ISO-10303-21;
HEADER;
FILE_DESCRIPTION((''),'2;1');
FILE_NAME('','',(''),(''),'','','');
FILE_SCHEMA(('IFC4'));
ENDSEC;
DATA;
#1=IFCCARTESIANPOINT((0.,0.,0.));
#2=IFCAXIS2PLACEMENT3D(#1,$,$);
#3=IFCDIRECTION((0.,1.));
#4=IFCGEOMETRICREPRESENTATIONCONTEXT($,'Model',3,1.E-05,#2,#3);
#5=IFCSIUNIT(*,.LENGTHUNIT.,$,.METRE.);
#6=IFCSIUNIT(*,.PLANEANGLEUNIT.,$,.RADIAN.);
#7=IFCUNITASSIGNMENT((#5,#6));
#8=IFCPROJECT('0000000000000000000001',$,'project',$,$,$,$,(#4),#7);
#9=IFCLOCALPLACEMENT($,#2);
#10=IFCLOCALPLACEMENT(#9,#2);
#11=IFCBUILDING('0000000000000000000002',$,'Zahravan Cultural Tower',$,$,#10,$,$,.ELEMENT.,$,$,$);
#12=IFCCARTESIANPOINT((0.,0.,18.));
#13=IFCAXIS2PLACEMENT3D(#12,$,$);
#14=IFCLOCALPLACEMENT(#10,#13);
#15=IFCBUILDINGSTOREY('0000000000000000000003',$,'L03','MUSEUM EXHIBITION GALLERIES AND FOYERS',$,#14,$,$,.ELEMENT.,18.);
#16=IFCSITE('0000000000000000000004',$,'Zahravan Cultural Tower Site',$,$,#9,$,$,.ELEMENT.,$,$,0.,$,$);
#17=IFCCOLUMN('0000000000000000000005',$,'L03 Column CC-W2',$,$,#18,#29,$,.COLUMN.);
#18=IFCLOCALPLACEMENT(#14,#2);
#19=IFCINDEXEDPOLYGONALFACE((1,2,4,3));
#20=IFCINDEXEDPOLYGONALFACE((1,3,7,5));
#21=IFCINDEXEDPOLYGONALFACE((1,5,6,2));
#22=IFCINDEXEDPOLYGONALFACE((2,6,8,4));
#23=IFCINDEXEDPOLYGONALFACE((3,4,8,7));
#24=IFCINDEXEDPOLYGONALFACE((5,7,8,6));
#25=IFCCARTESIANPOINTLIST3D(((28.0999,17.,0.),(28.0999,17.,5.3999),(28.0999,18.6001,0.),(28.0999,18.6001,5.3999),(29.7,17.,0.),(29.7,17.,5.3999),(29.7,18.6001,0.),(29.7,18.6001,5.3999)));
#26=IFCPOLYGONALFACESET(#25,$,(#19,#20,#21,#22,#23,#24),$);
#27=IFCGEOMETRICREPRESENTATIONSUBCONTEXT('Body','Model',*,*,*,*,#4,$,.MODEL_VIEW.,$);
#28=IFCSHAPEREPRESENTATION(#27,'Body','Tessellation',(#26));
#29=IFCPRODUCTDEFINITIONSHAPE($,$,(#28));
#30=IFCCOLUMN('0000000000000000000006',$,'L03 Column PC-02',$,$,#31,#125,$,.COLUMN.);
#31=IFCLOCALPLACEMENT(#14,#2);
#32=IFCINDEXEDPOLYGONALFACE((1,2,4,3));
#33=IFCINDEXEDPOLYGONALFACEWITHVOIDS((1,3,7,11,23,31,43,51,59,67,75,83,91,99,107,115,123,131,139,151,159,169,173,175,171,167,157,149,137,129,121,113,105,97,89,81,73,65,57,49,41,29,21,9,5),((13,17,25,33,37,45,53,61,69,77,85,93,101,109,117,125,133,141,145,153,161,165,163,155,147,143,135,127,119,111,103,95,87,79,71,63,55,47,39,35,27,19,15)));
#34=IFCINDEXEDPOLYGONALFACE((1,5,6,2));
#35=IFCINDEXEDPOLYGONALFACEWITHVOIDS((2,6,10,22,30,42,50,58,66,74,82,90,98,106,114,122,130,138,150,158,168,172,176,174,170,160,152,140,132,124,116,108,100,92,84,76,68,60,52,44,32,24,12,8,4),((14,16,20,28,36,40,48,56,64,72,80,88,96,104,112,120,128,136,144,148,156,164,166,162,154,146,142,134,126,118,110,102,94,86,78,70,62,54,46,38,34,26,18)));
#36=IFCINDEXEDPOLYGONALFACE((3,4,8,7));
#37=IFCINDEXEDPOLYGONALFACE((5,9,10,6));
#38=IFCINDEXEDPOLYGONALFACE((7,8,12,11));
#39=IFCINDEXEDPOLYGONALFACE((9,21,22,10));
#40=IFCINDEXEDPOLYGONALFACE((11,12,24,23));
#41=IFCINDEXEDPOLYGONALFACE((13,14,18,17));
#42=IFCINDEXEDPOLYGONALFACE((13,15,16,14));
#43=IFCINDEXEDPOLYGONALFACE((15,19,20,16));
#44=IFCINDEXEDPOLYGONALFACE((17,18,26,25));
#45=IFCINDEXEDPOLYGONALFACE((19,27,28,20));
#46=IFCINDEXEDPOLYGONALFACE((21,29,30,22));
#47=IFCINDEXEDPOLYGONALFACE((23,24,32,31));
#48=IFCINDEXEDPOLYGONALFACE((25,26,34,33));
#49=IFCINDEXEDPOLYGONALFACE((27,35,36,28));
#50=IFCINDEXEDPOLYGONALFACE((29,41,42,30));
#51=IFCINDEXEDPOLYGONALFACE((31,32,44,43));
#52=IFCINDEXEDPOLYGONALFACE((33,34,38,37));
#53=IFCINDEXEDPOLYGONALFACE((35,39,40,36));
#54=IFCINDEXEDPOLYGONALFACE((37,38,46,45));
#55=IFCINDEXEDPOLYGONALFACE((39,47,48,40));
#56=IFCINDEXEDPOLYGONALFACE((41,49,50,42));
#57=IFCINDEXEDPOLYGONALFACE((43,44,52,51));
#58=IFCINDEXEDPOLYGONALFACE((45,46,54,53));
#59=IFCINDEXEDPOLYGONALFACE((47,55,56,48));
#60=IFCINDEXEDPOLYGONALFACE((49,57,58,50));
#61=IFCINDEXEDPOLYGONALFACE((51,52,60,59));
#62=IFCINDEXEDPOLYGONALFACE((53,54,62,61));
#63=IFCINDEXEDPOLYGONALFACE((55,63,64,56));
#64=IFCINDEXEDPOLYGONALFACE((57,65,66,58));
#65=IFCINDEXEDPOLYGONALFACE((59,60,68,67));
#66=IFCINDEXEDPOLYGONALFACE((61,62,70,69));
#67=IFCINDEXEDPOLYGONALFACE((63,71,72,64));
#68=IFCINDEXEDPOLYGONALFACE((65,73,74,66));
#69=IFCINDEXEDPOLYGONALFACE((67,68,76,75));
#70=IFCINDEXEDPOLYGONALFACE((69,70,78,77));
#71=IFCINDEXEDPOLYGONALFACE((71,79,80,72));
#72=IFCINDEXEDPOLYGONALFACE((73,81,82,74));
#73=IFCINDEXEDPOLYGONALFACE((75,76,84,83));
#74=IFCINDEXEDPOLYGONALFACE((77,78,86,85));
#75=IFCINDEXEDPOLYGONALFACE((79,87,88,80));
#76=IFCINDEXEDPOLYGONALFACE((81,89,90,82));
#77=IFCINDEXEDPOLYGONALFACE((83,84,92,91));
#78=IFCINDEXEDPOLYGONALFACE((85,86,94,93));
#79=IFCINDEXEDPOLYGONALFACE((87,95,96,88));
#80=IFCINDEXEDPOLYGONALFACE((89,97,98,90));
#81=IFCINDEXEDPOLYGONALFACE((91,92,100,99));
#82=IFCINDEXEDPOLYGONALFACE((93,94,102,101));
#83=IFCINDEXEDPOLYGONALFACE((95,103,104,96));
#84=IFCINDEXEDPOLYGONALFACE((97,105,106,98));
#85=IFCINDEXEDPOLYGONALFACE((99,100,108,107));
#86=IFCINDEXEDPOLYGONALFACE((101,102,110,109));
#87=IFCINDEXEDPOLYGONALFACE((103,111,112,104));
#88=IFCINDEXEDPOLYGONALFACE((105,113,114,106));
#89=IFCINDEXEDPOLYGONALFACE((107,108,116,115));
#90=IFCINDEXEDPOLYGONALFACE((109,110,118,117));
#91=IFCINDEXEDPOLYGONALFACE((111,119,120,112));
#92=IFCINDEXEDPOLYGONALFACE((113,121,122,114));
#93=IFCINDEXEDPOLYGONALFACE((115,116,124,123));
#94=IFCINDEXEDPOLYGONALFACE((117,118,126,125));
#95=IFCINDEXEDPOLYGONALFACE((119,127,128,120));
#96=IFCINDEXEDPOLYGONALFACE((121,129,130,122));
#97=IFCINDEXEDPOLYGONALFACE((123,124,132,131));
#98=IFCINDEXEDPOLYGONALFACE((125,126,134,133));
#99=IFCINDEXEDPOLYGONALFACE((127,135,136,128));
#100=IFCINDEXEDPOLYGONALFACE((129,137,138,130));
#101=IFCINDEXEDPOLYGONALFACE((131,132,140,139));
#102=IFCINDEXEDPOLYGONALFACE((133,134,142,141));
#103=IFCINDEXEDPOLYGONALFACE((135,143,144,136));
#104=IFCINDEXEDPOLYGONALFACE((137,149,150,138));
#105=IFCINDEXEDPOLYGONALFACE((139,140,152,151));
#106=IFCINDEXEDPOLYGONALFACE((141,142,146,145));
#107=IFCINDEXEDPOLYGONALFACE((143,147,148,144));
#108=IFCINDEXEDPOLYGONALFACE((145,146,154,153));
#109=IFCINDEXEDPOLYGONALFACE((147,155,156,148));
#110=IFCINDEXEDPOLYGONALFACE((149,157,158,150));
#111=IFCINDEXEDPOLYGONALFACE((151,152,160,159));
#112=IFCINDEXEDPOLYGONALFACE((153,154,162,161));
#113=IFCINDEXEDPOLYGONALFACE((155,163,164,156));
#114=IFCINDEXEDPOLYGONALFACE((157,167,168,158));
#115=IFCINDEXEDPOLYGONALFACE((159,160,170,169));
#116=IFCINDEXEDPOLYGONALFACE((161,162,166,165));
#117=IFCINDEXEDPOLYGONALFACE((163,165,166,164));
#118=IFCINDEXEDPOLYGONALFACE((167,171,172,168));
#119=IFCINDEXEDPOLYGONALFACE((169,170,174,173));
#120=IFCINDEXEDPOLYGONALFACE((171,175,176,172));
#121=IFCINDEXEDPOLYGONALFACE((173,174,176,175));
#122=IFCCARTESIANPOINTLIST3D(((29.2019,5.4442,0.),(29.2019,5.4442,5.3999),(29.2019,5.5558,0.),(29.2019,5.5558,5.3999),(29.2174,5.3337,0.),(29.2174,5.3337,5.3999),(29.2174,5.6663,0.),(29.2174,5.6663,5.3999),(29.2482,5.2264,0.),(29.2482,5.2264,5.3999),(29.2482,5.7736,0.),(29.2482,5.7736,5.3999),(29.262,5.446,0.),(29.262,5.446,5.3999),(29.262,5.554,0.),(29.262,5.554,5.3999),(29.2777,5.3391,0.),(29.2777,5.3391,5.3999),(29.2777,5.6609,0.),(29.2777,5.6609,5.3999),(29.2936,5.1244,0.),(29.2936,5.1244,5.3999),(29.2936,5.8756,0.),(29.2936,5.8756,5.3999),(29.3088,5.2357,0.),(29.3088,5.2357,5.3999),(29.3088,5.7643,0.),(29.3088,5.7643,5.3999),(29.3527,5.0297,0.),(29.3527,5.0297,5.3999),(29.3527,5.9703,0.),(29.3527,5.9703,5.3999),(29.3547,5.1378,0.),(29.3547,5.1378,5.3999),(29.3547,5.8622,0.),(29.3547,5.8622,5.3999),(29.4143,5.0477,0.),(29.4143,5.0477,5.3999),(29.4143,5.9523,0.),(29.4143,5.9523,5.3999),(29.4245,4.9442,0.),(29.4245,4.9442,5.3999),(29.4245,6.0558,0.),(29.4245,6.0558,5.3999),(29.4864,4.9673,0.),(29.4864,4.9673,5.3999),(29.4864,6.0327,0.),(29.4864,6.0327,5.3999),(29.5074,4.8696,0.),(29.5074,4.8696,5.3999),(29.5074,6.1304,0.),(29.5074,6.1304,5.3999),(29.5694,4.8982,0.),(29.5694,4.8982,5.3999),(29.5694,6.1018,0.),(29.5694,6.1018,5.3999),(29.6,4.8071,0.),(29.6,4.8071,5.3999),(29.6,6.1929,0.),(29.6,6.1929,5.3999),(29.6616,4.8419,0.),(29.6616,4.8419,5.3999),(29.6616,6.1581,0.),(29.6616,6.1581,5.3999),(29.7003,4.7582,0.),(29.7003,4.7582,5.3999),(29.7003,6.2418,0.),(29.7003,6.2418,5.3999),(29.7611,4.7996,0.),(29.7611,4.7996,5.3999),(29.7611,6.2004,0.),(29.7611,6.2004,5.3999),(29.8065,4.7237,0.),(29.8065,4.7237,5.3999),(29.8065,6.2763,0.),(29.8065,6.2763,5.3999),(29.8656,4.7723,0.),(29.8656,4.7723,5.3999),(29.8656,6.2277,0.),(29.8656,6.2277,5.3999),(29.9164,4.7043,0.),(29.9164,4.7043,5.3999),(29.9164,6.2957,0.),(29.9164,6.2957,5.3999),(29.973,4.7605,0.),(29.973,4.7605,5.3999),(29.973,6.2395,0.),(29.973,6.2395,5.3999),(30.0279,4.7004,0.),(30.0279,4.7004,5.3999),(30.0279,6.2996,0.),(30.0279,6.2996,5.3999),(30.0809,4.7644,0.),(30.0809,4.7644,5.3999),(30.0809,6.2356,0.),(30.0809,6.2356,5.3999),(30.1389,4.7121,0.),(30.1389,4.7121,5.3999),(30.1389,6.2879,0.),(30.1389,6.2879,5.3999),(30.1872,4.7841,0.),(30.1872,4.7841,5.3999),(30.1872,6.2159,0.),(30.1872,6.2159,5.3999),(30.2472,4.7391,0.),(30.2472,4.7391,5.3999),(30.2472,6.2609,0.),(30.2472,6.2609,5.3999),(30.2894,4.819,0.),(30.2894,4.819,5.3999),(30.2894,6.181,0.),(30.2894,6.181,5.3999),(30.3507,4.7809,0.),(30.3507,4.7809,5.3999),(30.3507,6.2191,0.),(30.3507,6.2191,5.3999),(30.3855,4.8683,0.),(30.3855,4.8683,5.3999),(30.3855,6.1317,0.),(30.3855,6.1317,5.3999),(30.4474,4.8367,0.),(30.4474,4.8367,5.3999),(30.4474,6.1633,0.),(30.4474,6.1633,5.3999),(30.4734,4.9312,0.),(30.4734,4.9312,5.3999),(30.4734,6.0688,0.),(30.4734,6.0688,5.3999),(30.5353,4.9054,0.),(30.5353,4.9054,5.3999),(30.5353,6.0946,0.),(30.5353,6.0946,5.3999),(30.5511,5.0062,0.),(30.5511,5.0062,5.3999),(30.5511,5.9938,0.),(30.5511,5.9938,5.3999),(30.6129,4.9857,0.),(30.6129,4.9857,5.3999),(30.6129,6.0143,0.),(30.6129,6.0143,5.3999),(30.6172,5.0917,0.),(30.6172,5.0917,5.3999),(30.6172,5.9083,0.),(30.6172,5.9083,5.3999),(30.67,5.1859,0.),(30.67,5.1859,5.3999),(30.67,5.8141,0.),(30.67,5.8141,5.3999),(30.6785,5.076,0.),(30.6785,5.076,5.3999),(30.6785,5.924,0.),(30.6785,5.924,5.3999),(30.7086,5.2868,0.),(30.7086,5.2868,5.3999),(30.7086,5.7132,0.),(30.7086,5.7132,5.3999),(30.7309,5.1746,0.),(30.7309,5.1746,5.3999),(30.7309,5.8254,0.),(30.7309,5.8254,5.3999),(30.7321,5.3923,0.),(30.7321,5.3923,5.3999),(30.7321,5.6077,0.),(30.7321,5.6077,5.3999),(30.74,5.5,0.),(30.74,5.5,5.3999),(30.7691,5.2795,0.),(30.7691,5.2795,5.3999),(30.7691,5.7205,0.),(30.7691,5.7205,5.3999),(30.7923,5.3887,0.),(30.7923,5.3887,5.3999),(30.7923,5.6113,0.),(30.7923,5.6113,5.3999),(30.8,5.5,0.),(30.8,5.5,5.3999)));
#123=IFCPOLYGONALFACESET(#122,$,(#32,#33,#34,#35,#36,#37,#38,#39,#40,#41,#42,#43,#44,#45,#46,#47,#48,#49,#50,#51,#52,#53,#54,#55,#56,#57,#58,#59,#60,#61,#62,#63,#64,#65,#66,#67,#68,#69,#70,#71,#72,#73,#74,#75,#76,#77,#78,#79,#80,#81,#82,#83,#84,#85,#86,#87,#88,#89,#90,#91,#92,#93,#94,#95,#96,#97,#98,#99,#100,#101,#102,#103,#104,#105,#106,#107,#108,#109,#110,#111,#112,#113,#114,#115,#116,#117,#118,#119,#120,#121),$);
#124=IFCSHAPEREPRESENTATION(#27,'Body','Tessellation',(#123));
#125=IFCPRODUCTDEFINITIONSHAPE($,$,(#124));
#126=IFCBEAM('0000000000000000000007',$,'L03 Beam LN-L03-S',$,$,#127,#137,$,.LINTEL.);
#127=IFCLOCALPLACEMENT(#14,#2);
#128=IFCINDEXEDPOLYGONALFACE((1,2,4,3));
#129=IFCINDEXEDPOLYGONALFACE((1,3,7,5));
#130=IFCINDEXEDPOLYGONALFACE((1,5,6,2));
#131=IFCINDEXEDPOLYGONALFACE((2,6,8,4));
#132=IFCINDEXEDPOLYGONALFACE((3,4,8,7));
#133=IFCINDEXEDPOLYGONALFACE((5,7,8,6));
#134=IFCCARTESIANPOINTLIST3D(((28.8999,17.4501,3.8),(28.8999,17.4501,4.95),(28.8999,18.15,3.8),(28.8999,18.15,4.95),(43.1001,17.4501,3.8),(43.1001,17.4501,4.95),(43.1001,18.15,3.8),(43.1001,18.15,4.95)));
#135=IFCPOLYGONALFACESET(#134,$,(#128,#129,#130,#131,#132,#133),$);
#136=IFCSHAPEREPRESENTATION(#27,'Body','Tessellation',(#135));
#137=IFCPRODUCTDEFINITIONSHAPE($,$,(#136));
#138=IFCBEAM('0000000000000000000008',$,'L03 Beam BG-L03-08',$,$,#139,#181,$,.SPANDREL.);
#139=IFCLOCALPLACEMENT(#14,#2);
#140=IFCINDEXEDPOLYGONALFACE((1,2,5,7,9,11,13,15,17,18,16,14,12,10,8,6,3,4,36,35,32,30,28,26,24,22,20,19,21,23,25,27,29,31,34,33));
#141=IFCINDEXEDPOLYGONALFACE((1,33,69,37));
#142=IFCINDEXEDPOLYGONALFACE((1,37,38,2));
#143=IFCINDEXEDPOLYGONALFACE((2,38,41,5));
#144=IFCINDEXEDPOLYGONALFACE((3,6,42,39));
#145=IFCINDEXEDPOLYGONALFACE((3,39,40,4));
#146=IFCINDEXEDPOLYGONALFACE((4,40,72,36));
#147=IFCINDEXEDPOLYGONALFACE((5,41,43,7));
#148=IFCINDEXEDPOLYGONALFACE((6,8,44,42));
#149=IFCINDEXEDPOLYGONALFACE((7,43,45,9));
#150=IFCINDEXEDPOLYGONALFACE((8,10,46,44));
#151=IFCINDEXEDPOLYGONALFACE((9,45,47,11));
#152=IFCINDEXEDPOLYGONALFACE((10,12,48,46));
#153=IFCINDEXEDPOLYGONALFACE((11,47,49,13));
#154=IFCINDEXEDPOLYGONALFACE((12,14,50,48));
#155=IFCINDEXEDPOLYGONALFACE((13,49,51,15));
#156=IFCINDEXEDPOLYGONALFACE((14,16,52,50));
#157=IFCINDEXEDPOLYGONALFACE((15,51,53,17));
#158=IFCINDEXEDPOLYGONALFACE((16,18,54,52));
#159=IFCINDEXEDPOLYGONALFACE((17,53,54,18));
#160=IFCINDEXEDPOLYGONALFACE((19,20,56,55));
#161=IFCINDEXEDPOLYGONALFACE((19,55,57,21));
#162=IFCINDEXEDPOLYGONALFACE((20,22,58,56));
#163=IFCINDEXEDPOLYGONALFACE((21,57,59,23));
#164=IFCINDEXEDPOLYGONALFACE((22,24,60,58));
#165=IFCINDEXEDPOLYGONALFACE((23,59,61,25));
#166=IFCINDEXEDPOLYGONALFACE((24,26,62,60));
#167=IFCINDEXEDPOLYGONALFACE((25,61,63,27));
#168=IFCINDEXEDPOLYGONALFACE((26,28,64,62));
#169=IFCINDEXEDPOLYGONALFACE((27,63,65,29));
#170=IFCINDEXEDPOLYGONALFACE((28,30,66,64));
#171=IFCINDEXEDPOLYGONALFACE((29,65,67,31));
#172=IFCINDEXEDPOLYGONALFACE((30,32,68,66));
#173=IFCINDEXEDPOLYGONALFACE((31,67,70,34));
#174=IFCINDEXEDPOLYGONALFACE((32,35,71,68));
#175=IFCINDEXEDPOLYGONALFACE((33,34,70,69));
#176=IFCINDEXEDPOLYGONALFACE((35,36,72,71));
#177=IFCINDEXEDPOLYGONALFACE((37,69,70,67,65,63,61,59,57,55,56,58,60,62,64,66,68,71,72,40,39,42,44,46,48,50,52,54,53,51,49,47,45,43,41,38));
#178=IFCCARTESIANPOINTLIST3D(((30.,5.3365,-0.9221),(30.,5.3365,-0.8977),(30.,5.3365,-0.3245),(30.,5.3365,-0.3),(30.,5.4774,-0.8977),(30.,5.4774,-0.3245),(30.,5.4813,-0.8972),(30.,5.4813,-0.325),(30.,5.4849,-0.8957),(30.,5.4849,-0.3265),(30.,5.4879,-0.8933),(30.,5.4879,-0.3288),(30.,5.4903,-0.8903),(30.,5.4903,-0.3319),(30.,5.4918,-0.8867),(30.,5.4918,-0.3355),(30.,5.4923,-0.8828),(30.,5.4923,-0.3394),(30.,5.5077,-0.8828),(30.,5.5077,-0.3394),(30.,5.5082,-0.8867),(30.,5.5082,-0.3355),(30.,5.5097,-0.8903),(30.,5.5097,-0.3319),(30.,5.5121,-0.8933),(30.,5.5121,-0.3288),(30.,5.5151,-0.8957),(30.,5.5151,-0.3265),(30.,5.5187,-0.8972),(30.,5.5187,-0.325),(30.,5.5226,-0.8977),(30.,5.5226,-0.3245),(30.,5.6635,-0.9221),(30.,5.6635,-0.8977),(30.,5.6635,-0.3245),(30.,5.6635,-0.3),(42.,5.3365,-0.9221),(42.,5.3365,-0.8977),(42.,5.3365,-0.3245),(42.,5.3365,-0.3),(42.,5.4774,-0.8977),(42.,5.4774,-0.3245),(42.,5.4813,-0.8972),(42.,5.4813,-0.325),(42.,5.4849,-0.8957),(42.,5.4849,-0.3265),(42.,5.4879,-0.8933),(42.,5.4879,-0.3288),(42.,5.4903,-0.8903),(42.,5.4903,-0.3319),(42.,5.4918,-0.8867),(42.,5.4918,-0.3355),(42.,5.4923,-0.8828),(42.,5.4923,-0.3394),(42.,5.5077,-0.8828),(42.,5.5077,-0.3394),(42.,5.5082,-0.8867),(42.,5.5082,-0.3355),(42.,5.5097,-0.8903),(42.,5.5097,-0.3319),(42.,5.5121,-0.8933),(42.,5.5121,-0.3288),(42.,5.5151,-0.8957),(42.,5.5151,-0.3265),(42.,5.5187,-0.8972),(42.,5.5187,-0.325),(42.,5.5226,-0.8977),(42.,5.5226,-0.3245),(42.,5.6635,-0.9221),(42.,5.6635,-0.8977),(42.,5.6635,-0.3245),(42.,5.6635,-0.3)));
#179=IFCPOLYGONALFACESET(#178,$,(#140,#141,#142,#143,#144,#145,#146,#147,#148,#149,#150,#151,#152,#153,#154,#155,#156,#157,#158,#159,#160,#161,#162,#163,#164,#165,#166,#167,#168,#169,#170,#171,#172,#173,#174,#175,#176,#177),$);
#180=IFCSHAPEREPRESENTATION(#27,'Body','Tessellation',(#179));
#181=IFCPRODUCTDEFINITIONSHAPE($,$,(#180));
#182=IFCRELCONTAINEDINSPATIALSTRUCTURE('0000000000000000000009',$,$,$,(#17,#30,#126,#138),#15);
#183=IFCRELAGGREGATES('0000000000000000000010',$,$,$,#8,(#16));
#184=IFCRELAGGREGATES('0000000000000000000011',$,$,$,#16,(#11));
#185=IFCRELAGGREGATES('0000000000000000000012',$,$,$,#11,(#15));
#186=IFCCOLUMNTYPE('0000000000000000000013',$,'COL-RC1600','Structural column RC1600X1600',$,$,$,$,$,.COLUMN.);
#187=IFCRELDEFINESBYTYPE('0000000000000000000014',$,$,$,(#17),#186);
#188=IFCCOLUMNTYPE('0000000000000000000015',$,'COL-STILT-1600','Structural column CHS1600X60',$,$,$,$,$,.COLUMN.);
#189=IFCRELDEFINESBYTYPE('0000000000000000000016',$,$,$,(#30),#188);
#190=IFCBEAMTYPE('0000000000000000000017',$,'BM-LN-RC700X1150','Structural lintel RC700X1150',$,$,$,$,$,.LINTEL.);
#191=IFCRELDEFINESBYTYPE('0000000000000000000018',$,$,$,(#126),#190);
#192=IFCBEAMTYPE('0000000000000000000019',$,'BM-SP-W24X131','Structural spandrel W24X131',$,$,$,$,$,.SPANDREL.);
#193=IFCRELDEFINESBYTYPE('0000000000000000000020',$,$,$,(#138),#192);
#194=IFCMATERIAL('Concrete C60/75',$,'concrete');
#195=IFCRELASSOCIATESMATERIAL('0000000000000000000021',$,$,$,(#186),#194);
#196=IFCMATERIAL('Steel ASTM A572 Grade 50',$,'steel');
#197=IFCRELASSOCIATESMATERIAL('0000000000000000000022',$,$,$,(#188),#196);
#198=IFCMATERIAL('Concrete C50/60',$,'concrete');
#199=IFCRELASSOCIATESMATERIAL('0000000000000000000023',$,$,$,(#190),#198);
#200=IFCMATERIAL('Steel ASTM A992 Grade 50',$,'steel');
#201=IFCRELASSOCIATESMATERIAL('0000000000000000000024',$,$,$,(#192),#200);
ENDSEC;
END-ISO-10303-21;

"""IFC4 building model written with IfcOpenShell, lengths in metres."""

from ifc_helpers import new_model, si_unit, direction, frame, origin, origin_2d, place, context, subcontext, project, spatial, rectangle, hollow_circle, i_section, extrude, source, transform, mapped, material, material_profile, profile_set, type_object, element, save


model = new_model("IFC4")

# Units and contexts
model_context = context("Model", 3, precision=1e-05, world=origin(), true_north=direction((0.0, 1.0)))
body_context = subcontext(model_context, "Body", "Model", "MODEL_VIEW")
ifc_project = project(units=[si_unit("LENGTHUNIT", "METRE"), si_unit("PLANEANGLEUNIT", "RADIAN")], contexts=[model_context])

# Site, building, storey
site_placement = place(None, origin())
site = spatial("IfcSite", under=ifc_project, at=site_placement, Name="Zahravan Cultural Tower Site", CompositionType="ELEMENT", RefElevation=0.0)
building_placement = place(site_placement, origin())
building = spatial("IfcBuilding", under=site, at=building_placement, Name="Zahravan Cultural Tower", CompositionType="ELEMENT")
storey_placement = place(building_placement, frame((0.0, 0.0, 18.0)))
storey = spatial("IfcBuildingStorey", under=building, at=storey_placement, Name="L03", Description="MUSEUM EXHIBITION GALLERIES AND FOYERS", CompositionType="ELEMENT", Elevation=18.0)

# Columns
ifc_material_1 = material(Name="Concrete C60/75", Category="concrete")
ifc_material_profile_1 = material_profile(ifc_material_1, rectangle(XDim=1.6001, YDim=1.6001, at=origin_2d()), Name="RC1600X1600")
ifc_profile_set_1 = profile_set([ifc_material_profile_1], Name="Concrete C60/75")
column_type_1 = type_object("IfcColumnType", Name="COL-RC1600", Description="Structural column RC1600X1600", PredefinedType="COLUMN", material=ifc_profile_set_1)
shared_shape_1 = source(origin(), body_context, "Body", "SweptSolid", [
    extrude(rectangle(XDim=1.6001, YDim=1.6001, at=origin_2d()), origin(), (0.0, 0.0, 1.0), 5.3999),
])
column_1_placement = place(storey_placement, frame((28.8999, 17.8, 0.0), z_axis=(0.0, 0.0, 1.0), x_axis=(1.0, 0.0, 0.0)))
element("IfcColumn", 1, at=column_1_placement, inside=storey, type_object=column_type_1, Name="L03 Column CC-W2", PredefinedType="COLUMN", context=body_context, shape_type="MappedRepresentation", body=[
    mapped(shared_shape_1, transform((0.0, 0.0, 0.0), x_axis=(1.0, 0.0, 0.0), y_axis=(0.0, 1.0, 0.0), z_axis=(0.0, 0.0, 1.0), scale=1.0)),
])
ifc_material_2 = material(Name="Steel ASTM A572 Grade 50", Category="steel")
ifc_material_profile_2 = material_profile(ifc_material_2, hollow_circle(Radius=0.8, WallThickness=0.0601, at=origin_2d()), Name="CHS1600X60")
ifc_profile_set_2 = profile_set([ifc_material_profile_2], Name="Steel ASTM A572 Grade 50")
column_type_2 = type_object("IfcColumnType", Name="COL-STILT-1600", Description="Structural column CHS1600X60", PredefinedType="COLUMN", material=ifc_profile_set_2)
shared_shape_2 = source(origin(), body_context, "Body", "SweptSolid", [
    extrude(hollow_circle(Radius=0.8, WallThickness=0.0601, at=origin_2d()), origin(), (0.0, 0.0, 1.0), 5.3999),
])
column_2_placement = place(storey_placement, frame((30.0, 5.5, 0.0), z_axis=(0.0, 0.0, 1.0), x_axis=(1.0, 0.0, 0.0)))
element("IfcColumn", 2, at=column_2_placement, inside=storey, type_object=column_type_2, Name="L03 Column PC-02", PredefinedType="COLUMN", context=body_context, shape_type="MappedRepresentation", body=[
    mapped(shared_shape_2, transform((0.0, 0.0, 0.0), x_axis=(1.0, 0.0, 0.0), y_axis=(0.0, 1.0, 0.0), z_axis=(0.0, 0.0, 1.0), scale=1.0)),
])

# Beams
ifc_material_3 = material(Name="Concrete C50/60", Category="concrete")
ifc_material_profile_3 = material_profile(ifc_material_3, rectangle(XDim=0.7, YDim=1.1499, at=origin_2d()), Name="RC700X1150")
ifc_profile_set_3 = profile_set([ifc_material_profile_3], Name="Concrete C50/60")
beam_type_1 = type_object("IfcBeamType", Name="BM-LN-RC700X1150", Description="Structural lintel RC700X1150", PredefinedType="LINTEL", material=ifc_profile_set_3)
shared_shape_3 = source(origin(), body_context, "Body", "SweptSolid", [
    extrude(rectangle(XDim=0.7, YDim=1.1499, at=origin_2d()), origin(), (0.0, 0.0, 1.0), 14.2002),
])
beam_1_placement = place(storey_placement, frame((28.8999, 17.8, 4.375), z_axis=(1.0, 0.0, 0.0), x_axis=(0.0, 1.0, 0.0)))
element("IfcBeam", 3, at=beam_1_placement, inside=storey, type_object=beam_type_1, Name="L03 Beam LN-L03-S", PredefinedType="LINTEL", context=body_context, shape_type="MappedRepresentation", body=[
    mapped(shared_shape_3, transform((0.0, 0.0, 0.0), x_axis=(1.0, 0.0, 0.0), y_axis=(0.0, 1.0, 0.0), z_axis=(0.0, 0.0, 1.0), scale=1.0)),
])
ifc_material_4 = material(Name="Steel ASTM A992 Grade 50", Category="steel")
ifc_material_profile_4 = material_profile(ifc_material_4, i_section(OverallWidth=0.3269, OverallDepth=0.6221, WebThickness=0.0154, FlangeThickness=0.0244, FilletRadius=0.0149, at=origin_2d()), Name="W24X131")
ifc_profile_set_4 = profile_set([ifc_material_profile_4], Name="Steel ASTM A992 Grade 50")
beam_type_2 = type_object("IfcBeamType", Name="BM-SP-W24X131", Description="Structural spandrel W24X131", PredefinedType="SPANDREL", material=ifc_profile_set_4)
shared_shape_4 = source(origin(), body_context, "Body", "SweptSolid", [
    extrude(i_section(OverallWidth=0.3269, OverallDepth=0.6221, WebThickness=0.0154, FlangeThickness=0.0244, FilletRadius=0.0149, at=origin_2d()), origin(), (0.0, 0.0, 1.0), 12.0),
])
beam_2_placement = place(storey_placement, frame((30.0, 5.5, -0.6111), z_axis=(1.0, 0.0, 0.0), x_axis=(0.0, 1.0, 0.0)))
element("IfcBeam", 4, at=beam_2_placement, inside=storey, type_object=beam_type_2, Name="L03 Beam BG-L03-08", PredefinedType="SPANDREL", context=body_context, shape_type="MappedRepresentation", body=[
    mapped(shared_shape_4, transform((0.0, 0.0, 0.0), x_axis=(1.0, 0.0, 0.0), y_axis=(0.0, 1.0, 0.0), z_axis=(0.0, 0.0, 1.0), scale=1.0)),
])

save(model, "model.ifc")
